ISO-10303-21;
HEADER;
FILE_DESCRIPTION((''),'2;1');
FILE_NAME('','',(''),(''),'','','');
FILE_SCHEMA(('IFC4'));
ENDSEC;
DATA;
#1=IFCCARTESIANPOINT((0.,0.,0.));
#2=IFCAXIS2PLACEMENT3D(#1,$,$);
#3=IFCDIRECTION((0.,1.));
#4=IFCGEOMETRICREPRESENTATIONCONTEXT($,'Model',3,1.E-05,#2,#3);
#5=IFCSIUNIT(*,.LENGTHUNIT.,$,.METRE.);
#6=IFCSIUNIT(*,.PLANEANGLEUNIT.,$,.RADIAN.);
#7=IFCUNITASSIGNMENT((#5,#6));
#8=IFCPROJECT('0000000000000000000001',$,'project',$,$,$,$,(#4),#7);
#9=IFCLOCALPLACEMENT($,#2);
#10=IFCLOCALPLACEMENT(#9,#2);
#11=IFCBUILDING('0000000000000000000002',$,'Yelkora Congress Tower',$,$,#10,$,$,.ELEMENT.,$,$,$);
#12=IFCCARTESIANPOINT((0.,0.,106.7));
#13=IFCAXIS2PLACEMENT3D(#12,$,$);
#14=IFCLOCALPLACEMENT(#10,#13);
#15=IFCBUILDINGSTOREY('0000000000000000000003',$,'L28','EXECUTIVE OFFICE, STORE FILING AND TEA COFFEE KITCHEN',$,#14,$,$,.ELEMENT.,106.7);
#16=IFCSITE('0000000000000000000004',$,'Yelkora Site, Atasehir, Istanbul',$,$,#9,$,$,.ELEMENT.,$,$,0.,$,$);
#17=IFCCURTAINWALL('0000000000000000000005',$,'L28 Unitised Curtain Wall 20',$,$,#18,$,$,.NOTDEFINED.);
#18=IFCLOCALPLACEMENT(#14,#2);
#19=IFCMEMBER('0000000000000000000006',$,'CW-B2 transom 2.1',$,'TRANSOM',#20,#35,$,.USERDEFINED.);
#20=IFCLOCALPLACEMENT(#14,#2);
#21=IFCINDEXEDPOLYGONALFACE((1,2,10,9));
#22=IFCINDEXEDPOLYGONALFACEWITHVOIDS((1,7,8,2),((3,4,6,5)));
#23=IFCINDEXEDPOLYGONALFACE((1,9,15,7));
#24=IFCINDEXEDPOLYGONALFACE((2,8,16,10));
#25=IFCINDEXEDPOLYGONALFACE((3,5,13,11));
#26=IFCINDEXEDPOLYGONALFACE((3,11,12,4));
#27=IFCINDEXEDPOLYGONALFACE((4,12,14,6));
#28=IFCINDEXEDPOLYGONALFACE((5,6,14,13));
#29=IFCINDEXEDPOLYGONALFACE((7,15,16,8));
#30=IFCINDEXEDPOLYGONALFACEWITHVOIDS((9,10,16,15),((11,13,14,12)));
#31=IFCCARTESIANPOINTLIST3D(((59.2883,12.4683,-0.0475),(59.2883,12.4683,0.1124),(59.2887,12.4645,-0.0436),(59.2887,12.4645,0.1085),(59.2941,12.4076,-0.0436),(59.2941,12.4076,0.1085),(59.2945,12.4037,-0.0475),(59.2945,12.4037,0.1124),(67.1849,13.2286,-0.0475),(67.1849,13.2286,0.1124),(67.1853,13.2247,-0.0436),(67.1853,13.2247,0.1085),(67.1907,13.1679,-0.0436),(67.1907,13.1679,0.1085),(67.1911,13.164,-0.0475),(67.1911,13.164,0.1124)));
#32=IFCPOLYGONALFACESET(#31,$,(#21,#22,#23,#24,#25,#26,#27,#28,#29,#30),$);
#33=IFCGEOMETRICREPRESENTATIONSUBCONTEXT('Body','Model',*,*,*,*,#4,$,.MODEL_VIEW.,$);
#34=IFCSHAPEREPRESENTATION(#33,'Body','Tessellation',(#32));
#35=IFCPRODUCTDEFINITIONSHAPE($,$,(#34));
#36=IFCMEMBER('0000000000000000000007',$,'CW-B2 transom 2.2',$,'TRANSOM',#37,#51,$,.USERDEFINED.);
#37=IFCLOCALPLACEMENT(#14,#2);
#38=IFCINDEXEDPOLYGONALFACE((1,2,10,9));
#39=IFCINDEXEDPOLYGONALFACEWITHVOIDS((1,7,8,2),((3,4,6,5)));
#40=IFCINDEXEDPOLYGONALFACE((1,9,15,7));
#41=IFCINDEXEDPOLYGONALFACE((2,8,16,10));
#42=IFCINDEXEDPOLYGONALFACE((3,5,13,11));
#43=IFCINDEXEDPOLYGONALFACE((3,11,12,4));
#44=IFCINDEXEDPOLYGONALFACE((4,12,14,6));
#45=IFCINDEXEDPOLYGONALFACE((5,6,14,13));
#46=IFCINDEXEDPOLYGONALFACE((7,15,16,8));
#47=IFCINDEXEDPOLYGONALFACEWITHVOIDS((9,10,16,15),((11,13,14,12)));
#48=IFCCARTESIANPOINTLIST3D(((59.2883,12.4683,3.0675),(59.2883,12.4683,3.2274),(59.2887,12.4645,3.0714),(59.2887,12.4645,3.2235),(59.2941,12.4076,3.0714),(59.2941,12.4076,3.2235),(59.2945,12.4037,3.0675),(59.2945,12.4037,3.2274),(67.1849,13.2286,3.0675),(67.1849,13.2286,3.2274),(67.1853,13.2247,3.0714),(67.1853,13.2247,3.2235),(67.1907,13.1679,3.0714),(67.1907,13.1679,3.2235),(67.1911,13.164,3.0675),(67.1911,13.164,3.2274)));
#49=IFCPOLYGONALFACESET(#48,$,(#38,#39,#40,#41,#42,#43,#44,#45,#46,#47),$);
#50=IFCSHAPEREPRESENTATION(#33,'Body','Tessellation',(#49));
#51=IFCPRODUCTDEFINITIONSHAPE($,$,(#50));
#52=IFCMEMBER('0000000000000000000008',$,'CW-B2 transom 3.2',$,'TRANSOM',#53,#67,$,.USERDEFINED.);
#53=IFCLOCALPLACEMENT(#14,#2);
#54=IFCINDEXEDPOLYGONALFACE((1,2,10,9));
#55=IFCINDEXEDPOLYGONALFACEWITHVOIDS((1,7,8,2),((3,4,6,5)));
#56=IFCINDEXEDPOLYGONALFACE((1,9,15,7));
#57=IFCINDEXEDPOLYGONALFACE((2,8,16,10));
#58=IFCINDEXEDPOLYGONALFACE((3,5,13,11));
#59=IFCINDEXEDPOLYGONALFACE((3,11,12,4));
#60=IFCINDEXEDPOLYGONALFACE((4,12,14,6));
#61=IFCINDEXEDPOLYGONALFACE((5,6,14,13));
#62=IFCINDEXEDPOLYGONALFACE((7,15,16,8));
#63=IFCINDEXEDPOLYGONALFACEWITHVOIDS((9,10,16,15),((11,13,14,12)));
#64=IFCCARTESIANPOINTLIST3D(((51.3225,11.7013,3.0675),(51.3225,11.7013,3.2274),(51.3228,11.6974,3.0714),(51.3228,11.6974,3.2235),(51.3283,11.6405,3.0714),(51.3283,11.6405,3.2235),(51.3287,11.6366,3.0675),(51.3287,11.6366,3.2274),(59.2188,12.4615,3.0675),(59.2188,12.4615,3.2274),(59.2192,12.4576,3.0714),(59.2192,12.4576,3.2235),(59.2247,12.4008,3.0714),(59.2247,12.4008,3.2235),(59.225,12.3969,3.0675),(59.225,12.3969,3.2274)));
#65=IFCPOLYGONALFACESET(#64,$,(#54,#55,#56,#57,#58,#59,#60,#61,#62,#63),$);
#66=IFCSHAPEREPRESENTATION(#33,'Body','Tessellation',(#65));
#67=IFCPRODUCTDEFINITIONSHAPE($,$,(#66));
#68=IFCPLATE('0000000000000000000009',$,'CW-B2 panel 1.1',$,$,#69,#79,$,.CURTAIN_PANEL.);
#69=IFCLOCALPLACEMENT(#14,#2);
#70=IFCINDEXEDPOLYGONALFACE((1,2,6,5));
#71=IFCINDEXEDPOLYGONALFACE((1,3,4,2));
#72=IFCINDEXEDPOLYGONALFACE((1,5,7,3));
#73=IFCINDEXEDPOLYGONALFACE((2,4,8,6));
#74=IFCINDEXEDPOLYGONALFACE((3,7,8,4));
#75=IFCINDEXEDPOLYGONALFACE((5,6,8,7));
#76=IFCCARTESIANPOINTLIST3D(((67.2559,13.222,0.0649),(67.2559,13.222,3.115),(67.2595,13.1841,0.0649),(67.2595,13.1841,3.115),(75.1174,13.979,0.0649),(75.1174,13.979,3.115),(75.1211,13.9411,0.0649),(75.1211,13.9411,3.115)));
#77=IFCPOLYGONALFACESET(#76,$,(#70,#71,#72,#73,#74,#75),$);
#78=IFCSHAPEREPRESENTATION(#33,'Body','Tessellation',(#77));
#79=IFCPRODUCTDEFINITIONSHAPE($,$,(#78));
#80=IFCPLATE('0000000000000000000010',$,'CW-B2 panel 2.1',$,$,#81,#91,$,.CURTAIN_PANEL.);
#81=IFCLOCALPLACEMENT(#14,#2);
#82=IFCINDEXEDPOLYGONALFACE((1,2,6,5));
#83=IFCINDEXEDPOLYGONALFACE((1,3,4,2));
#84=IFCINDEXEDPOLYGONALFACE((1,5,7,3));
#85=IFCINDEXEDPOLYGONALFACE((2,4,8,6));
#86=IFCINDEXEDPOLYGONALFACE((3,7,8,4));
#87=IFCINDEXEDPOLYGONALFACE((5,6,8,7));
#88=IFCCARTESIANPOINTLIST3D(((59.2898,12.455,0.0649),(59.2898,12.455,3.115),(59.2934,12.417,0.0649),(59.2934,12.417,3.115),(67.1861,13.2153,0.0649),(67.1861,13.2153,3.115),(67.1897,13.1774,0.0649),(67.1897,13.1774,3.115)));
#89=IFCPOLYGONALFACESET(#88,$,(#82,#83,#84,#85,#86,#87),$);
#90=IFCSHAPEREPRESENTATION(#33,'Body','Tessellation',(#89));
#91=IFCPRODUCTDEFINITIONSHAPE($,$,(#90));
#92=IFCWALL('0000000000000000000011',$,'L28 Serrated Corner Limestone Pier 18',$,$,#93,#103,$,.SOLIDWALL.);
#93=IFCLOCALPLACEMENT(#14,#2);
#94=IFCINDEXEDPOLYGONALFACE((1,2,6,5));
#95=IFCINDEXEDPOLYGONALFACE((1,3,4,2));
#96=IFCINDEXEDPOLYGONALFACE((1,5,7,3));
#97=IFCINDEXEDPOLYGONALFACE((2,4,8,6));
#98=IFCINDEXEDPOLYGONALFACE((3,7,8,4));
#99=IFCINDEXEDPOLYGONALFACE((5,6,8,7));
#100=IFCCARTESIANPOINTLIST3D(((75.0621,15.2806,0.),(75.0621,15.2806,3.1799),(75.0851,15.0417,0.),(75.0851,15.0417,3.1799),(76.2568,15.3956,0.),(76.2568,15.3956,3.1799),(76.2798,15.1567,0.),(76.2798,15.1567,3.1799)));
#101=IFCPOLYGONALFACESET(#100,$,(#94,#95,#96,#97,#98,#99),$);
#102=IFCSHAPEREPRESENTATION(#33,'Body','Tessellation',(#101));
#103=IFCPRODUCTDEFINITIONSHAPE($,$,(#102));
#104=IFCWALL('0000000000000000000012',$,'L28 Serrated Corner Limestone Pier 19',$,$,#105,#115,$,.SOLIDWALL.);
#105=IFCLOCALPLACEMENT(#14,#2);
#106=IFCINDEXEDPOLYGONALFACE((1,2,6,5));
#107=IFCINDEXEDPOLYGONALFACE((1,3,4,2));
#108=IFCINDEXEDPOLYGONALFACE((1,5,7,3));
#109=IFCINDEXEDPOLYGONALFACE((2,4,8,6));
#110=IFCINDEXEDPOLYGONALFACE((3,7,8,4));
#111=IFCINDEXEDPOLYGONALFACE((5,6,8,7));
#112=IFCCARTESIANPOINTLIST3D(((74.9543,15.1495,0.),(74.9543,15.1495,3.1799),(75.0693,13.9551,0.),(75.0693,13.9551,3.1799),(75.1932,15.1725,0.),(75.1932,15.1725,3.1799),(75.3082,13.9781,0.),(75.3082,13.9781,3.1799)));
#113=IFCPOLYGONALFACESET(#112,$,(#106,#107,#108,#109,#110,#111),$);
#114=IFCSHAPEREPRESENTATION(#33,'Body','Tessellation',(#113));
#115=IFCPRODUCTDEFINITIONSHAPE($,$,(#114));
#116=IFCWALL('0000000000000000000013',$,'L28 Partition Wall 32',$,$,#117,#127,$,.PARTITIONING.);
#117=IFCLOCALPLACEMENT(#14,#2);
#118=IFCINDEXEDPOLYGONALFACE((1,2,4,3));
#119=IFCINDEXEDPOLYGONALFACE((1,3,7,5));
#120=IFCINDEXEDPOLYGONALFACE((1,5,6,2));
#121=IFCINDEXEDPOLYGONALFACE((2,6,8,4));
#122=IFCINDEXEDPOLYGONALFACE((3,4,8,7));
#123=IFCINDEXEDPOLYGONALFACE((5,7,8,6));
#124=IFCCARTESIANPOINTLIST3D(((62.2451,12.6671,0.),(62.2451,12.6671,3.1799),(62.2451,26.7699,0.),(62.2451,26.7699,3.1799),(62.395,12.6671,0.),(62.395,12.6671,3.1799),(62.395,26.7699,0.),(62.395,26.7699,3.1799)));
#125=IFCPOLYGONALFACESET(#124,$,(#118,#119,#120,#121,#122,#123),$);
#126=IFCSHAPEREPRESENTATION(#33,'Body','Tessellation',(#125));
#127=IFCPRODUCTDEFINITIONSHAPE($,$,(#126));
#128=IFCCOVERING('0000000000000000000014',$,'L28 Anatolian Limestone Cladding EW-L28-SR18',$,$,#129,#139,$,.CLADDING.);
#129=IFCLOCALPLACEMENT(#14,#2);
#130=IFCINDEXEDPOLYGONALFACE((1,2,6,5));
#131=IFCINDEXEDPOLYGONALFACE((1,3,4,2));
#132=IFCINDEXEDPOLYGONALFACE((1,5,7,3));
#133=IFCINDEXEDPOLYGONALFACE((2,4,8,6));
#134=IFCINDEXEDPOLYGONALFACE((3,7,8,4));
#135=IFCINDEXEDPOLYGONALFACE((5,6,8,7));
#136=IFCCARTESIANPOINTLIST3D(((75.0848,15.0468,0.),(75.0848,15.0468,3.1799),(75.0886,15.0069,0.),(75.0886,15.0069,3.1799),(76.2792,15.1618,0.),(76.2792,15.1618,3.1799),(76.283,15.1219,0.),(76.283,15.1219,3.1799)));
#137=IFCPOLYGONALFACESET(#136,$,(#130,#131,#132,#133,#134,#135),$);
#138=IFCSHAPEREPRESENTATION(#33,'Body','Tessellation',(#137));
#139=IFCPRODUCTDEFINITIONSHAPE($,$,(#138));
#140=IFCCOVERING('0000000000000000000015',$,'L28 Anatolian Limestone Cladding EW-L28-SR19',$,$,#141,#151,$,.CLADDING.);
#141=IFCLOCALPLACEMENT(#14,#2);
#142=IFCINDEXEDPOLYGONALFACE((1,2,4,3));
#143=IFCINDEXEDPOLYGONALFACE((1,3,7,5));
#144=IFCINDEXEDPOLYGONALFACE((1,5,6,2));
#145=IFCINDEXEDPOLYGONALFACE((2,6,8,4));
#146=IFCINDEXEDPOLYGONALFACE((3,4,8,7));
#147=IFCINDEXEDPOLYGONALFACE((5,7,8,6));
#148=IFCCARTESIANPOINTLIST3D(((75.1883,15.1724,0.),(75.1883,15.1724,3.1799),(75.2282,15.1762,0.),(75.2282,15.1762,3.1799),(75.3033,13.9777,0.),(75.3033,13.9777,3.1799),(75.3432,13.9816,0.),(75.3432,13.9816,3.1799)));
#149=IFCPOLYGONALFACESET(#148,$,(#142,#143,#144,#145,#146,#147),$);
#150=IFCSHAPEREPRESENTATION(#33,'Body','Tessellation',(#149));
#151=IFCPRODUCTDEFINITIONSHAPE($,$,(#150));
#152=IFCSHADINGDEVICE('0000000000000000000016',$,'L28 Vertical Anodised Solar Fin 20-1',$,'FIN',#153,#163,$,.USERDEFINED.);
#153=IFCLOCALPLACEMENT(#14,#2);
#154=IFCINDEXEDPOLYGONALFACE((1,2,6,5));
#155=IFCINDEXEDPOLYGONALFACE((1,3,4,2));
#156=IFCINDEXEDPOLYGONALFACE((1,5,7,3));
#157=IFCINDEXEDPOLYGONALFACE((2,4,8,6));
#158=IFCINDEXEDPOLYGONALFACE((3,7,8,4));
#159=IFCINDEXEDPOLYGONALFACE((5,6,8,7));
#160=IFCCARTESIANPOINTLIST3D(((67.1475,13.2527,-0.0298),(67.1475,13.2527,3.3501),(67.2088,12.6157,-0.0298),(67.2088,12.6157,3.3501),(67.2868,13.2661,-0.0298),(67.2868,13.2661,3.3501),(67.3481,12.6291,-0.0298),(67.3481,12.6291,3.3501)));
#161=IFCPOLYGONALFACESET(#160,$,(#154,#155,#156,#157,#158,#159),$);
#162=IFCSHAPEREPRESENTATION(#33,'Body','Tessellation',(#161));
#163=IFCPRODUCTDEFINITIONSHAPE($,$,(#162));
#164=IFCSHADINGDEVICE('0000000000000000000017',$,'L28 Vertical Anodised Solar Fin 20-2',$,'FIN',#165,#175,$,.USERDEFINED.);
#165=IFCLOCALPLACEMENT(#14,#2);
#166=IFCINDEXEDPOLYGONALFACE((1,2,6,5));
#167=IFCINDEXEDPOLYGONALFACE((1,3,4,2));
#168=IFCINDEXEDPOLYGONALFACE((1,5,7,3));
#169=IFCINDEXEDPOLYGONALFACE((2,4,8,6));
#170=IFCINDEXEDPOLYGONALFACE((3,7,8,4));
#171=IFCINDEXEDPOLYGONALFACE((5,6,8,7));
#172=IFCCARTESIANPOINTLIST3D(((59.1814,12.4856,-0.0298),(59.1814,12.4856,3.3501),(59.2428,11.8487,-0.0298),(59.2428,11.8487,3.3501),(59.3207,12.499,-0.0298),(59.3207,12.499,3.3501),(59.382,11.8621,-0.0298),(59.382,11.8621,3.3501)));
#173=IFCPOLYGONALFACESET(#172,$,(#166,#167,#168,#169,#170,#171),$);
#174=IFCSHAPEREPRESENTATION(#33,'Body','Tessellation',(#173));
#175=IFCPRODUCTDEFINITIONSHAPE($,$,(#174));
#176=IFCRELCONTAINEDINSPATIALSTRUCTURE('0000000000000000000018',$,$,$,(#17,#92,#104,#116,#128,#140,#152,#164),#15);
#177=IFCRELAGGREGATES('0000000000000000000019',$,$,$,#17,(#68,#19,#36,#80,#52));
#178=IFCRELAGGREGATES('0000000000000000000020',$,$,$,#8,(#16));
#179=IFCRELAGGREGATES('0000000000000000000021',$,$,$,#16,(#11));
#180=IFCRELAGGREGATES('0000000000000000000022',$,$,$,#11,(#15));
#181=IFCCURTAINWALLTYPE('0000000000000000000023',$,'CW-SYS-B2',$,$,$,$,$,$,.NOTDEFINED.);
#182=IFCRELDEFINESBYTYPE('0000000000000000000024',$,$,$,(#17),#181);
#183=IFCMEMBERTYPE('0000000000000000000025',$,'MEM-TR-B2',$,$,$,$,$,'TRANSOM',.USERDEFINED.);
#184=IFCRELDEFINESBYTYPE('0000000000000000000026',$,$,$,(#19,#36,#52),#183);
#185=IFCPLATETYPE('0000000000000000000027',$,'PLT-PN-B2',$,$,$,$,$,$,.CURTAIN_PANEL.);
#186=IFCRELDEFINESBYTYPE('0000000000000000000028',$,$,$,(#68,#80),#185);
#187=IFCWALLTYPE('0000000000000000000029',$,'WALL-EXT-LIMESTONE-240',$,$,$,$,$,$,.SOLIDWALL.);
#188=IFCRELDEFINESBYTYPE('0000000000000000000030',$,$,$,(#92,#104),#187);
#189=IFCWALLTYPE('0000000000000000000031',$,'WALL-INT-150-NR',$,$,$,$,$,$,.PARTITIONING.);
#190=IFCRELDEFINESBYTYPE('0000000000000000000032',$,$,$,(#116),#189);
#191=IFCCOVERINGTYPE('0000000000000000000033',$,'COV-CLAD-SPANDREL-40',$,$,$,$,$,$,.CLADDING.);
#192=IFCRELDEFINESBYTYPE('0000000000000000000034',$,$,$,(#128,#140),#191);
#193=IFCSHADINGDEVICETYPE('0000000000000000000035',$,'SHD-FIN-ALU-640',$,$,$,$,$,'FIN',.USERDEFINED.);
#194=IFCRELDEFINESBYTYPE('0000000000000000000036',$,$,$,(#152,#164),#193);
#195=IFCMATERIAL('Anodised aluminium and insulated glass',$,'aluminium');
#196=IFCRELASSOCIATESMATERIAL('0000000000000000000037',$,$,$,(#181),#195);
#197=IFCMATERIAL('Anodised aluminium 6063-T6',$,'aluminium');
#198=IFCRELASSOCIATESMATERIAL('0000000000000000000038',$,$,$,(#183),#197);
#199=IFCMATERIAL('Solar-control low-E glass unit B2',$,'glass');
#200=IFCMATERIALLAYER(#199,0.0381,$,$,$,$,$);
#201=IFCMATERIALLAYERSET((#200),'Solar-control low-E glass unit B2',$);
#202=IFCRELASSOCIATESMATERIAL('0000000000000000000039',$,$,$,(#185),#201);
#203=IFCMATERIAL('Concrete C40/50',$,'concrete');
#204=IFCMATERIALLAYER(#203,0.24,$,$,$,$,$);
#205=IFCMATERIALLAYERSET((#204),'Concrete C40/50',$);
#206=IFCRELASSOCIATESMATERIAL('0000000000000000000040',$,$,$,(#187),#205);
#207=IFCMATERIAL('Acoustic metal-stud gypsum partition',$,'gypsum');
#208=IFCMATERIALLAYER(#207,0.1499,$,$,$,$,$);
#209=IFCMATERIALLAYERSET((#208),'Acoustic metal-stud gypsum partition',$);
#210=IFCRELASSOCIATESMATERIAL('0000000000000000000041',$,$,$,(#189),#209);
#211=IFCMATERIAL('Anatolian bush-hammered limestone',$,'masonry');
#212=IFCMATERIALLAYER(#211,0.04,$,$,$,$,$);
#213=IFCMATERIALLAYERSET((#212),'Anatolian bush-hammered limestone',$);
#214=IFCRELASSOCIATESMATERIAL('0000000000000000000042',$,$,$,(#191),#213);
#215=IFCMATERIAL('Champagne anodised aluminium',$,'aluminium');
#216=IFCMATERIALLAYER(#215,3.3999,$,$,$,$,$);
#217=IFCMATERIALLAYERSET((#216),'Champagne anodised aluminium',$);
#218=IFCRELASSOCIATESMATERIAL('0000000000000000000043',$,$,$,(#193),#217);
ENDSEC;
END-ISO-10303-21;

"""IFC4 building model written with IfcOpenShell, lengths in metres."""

from ifc_helpers import new_model, si_unit, direction, frame, frame_2d, origin, origin_2d, place, context, subcontext, project, spatial, rectangle, hollow_rectangle, extrude, material, layer, layer_set, material_profile, profile_set, type_object, element, aggregate, save


model = new_model("IFC4")

# Units and contexts
model_context = context("Model", 3, precision=1e-05, world=origin(), true_north=direction((0.0, 1.0)))
body_context = subcontext(model_context, "Body", "Model", "MODEL_VIEW")
ifc_project = project(units=[si_unit("LENGTHUNIT", "METRE"), si_unit("PLANEANGLEUNIT", "RADIAN")], contexts=[model_context])

# Site, building, storey
site_placement = place(None, origin())
site = spatial("IfcSite", under=ifc_project, at=site_placement, Name="Yelkora Site, Atasehir, Istanbul", CompositionType="ELEMENT", RefElevation=0.0)
building_placement = place(site_placement, origin())
building = spatial("IfcBuilding", under=site, at=building_placement, Name="Yelkora Congress Tower", CompositionType="ELEMENT")
storey_placement = place(building_placement, frame((0.0, 0.0, 106.7)))
storey = spatial("IfcBuildingStorey", under=building, at=storey_placement, Name="L28", Description="EXECUTIVE OFFICE, STORE FILING AND TEA COFFEE KITCHEN", CompositionType="ELEMENT", Elevation=106.7)

# Curtain wall, members, plates
ifc_material_1 = material(Name="Anodised aluminium and insulated glass", Category="aluminium")
curtain_wall_type = type_object("IfcCurtainWallType", Name="CW-SYS-B2", PredefinedType="NOTDEFINED", material=ifc_material_1)
curtain_wall_placement = place(storey_placement, origin())
curtain_wall = element("IfcCurtainWall", 1, at=curtain_wall_placement, inside=storey, type_object=curtain_wall_type, Name="L28 Unitised Curtain Wall 20", PredefinedType="NOTDEFINED")
ifc_material_2 = material(Name="Anodised aluminium 6063-T6", Category="aluminium")
ifc_material_profile_1 = material_profile(ifc_material_2, hollow_rectangle(XDim=0.0649, YDim=0.1599, WallThickness=0.0039, at=origin_2d()), Name="ALU 65x160x4")
ifc_profile_set_1 = profile_set([ifc_material_profile_1], Name="Anodised aluminium 6063-T6")
member_type_1 = type_object("IfcMemberType", Name="MEM-TR-B2", ElementType="TRANSOM", PredefinedType="USERDEFINED", material=ifc_profile_set_1)
member_1_placement = place(storey_placement, frame((67.188, 13.1963, 0.0325), z_axis=(-0.995397, -0.095834, 0.0), x_axis=(0.095834, -0.995397, 0.0)))
member_1 = element("IfcMember", 2, at=member_1_placement, type_object=member_type_1, Name="CW-B2 transom 2.1", ObjectType="TRANSOM", PredefinedType="USERDEFINED", context=body_context, shape_type="SweptSolid", body=[
    extrude(hollow_rectangle(XDim=0.0649, YDim=0.1599, WallThickness=0.0039, at=origin_2d()), origin(), (0.0, 0.0, 1.0), 7.9331),
])
member_2_placement = place(storey_placement, frame((67.188, 13.1963, 3.1475), z_axis=(-0.995397, -0.095834, 0.0), x_axis=(0.095834, -0.995397, 0.0)))
member_2 = element("IfcMember", 3, at=member_2_placement, type_object=member_type_1, Name="CW-B2 transom 2.2", ObjectType="TRANSOM", PredefinedType="USERDEFINED", context=body_context, shape_type="SweptSolid", body=[
    extrude(hollow_rectangle(XDim=0.0649, YDim=0.1599, WallThickness=0.0039, at=origin_2d()), origin(), (0.0, 0.0, 1.0), 7.9331),
])
member_3_placement = place(storey_placement, frame((59.2219, 12.4292, 3.1475), z_axis=(-0.995397, -0.095837, 0.0), x_axis=(0.095837, -0.995397, 0.0)))
member_3 = element("IfcMember", 4, at=member_3_placement, type_object=member_type_1, Name="CW-B2 transom 3.2", ObjectType="TRANSOM", PredefinedType="USERDEFINED", context=body_context, shape_type="SweptSolid", body=[
    extrude(hollow_rectangle(XDim=0.0649, YDim=0.1599, WallThickness=0.0039, at=origin_2d()), origin(), (0.0, 0.0, 1.0), 7.9329),
])
ifc_material_3 = material(Name="Solar-control low-E glass unit B2", Category="glass")
ifc_layer_1 = layer(ifc_material_3, 0.0381)
ifc_layer_set_1 = layer_set([ifc_layer_1], Name="Solar-control low-E glass unit B2")
plate_type = type_object("IfcPlateType", Name="PLT-PN-B2", PredefinedType="CURTAIN_PANEL", material=ifc_layer_set_1)
plate_1_placement = place(storey_placement, frame((71.1885, 13.5815, 0.0649), z_axis=(0.0, 0.0, 1.0), x_axis=(-0.995396, -0.095844, 0.0)))
plate_1 = element("IfcPlate", 5, at=plate_1_placement, type_object=plate_type, Name="CW-B2 panel 1.1", PredefinedType="CURTAIN_PANEL", context=body_context, shape_type="SweptSolid", body=[
    extrude(rectangle(XDim=7.8979, YDim=0.0381, at=origin_2d()), origin(), (0.0, 0.0, 1.0), 3.05),
])
plate_2_placement = place(storey_placement, frame((63.2397, 12.8162, 0.0649), z_axis=(0.0, 0.0, 1.0), x_axis=(-0.995396, -0.095844, 0.0)))
plate_2 = element("IfcPlate", 6, at=plate_2_placement, type_object=plate_type, Name="CW-B2 panel 2.1", PredefinedType="CURTAIN_PANEL", context=body_context, shape_type="SweptSolid", body=[
    extrude(rectangle(XDim=7.9329, YDim=0.0381, at=origin_2d()), origin(), (0.0, 0.0, 1.0), 3.05),
])
aggregate(curtain_wall, [plate_1, member_1, member_2, plate_2, member_3])

# Walls
ifc_material_4 = material(Name="Concrete C40/50", Category="concrete")
ifc_layer_2 = layer(ifc_material_4, 0.24)
ifc_layer_set_2 = layer_set([ifc_layer_2], Name="Concrete C40/50")
wall_type_1 = type_object("IfcWallType", Name="WALL-EXT-LIMESTONE-240", PredefinedType="SOLIDWALL", material=ifc_layer_set_2)
wall_1_placement = place(storey_placement, frame((76.2683, 15.2761, 0.0), z_axis=(0.0, 0.0, 1.0), x_axis=(-0.995399, -0.095817, 0.0)))
element("IfcWall", 7, at=wall_1_placement, inside=storey, type_object=wall_type_1, Name="L28 Serrated Corner Limestone Pier 18", PredefinedType="SOLIDWALL", context=body_context, shape_type="SweptSolid", body=[
    extrude(rectangle(XDim=1.2002, YDim=0.24, at=frame_2d((0.6001, 0.0))), origin(), (0.0, 0.0, 1.0), 3.1799),
])
wall_2_placement = place(storey_placement, frame((75.0737, 15.1611, 0.0), z_axis=(0.0, 0.0, 1.0), x_axis=(0.095836, -0.995397, 0.0)))
element("IfcWall", 8, at=wall_2_placement, inside=storey, type_object=wall_type_1, Name="L28 Serrated Corner Limestone Pier 19", PredefinedType="SOLIDWALL", context=body_context, shape_type="SweptSolid", body=[
    extrude(rectangle(XDim=1.2, YDim=0.24, at=frame_2d((0.6001, 0.0))), origin(), (0.0, 0.0, 1.0), 3.1799),
])
ifc_material_5 = material(Name="Acoustic metal-stud gypsum partition", Category="gypsum")
ifc_layer_3 = layer(ifc_material_5, 0.1499)
ifc_layer_set_3 = layer_set([ifc_layer_3], Name="Acoustic metal-stud gypsum partition")
wall_type_2 = type_object("IfcWallType", Name="WALL-INT-150-NR", PredefinedType="PARTITIONING", material=ifc_layer_set_3)
wall_3_placement = place(storey_placement, frame((62.3201, 12.6672, 0.0), z_axis=(0.0, 0.0, 1.0), x_axis=(0.0, 1.0, 0.0)))
element("IfcWall", 9, at=wall_3_placement, inside=storey, type_object=wall_type_2, Name="L28 Partition Wall 32", PredefinedType="PARTITIONING", context=body_context, shape_type="SweptSolid", body=[
    extrude(rectangle(XDim=14.1028, YDim=0.1499, at=frame_2d((7.0513, 0.0))), origin(), (0.0, 0.0, 1.0), 3.1799),
])

# Coverings
ifc_material_6 = material(Name="Anatolian bush-hammered limestone", Category="masonry")
ifc_layer_4 = layer(ifc_material_6, 0.04)
ifc_layer_set_4 = layer_set([ifc_layer_4], Name="Anatolian bush-hammered limestone")
covering_type = type_object("IfcCoveringType", Name="COV-CLAD-SPANDREL-40", PredefinedType="CLADDING", material=ifc_layer_set_4)
covering_1_placement = place(storey_placement, frame((76.2812, 15.1418, 0.0), z_axis=(0.0, 0.0, 1.0), x_axis=(-0.995397, -0.095836, 0.0)))
element("IfcCovering", 10, at=covering_1_placement, inside=storey, type_object=covering_type, Name="L28 Anatolian Limestone Cladding EW-L28-SR18", PredefinedType="CLADDING", context=body_context, shape_type="SweptSolid", body=[
    extrude(rectangle(XDim=1.2, YDim=0.04, at=frame_2d((0.6001, 0.0))), origin(), (0.0, 0.0, 1.0), 3.1799),
])
covering_2_placement = place(storey_placement, frame((75.2083, 15.1743, 0.0), z_axis=(0.0, 0.0, 1.0), x_axis=(0.095817, -0.995399, 0.0)))
element("IfcCovering", 11, at=covering_2_placement, inside=storey, type_object=covering_type, Name="L28 Anatolian Limestone Cladding EW-L28-SR19", PredefinedType="CLADDING", context=body_context, shape_type="SweptSolid", body=[
    extrude(rectangle(XDim=1.2002, YDim=0.04, at=frame_2d((0.6001, 0.0))), origin(), (0.0, 0.0, 1.0), 3.1799),
])

# Shading devices
ifc_material_7 = material(Name="Champagne anodised aluminium", Category="aluminium")
ifc_layer_5 = layer(ifc_material_7, 3.3999)
ifc_layer_set_5 = layer_set([ifc_layer_5], Name="Champagne anodised aluminium")
shading_device_type = type_object("IfcShadingDeviceType", Name="SHD-FIN-ALU-640", ElementType="FIN", PredefinedType="USERDEFINED", material=ifc_layer_set_5)
for number, where, z_axis, x_axis, name in (
    (12, (67.2478, 12.9409, -0.0298), (0.0, 0.0, 1.0), (-0.995396, -0.095846, 0.0), "L28 Vertical Anodised Solar Fin 20-1"),
    (13, (59.2817, 12.1738, -0.0298), (0.0, 0.0, 1.0), (-0.995396, -0.095846, 0.0), "L28 Vertical Anodised Solar Fin 20-2"),
):
    element("IfcShadingDevice", number, at=place(storey_placement, frame(where, z_axis=z_axis, x_axis=x_axis)), inside=storey, type_object=shading_device_type, Name=name, ObjectType="FIN", PredefinedType="USERDEFINED", context=body_context, shape_type="SweptSolid", body=[
        extrude(rectangle(XDim=0.1399, YDim=0.6399, at=origin_2d()), origin(), (0.0, 0.0, 1.0), 3.3799),
    ])

save(model, "model.ifc")
